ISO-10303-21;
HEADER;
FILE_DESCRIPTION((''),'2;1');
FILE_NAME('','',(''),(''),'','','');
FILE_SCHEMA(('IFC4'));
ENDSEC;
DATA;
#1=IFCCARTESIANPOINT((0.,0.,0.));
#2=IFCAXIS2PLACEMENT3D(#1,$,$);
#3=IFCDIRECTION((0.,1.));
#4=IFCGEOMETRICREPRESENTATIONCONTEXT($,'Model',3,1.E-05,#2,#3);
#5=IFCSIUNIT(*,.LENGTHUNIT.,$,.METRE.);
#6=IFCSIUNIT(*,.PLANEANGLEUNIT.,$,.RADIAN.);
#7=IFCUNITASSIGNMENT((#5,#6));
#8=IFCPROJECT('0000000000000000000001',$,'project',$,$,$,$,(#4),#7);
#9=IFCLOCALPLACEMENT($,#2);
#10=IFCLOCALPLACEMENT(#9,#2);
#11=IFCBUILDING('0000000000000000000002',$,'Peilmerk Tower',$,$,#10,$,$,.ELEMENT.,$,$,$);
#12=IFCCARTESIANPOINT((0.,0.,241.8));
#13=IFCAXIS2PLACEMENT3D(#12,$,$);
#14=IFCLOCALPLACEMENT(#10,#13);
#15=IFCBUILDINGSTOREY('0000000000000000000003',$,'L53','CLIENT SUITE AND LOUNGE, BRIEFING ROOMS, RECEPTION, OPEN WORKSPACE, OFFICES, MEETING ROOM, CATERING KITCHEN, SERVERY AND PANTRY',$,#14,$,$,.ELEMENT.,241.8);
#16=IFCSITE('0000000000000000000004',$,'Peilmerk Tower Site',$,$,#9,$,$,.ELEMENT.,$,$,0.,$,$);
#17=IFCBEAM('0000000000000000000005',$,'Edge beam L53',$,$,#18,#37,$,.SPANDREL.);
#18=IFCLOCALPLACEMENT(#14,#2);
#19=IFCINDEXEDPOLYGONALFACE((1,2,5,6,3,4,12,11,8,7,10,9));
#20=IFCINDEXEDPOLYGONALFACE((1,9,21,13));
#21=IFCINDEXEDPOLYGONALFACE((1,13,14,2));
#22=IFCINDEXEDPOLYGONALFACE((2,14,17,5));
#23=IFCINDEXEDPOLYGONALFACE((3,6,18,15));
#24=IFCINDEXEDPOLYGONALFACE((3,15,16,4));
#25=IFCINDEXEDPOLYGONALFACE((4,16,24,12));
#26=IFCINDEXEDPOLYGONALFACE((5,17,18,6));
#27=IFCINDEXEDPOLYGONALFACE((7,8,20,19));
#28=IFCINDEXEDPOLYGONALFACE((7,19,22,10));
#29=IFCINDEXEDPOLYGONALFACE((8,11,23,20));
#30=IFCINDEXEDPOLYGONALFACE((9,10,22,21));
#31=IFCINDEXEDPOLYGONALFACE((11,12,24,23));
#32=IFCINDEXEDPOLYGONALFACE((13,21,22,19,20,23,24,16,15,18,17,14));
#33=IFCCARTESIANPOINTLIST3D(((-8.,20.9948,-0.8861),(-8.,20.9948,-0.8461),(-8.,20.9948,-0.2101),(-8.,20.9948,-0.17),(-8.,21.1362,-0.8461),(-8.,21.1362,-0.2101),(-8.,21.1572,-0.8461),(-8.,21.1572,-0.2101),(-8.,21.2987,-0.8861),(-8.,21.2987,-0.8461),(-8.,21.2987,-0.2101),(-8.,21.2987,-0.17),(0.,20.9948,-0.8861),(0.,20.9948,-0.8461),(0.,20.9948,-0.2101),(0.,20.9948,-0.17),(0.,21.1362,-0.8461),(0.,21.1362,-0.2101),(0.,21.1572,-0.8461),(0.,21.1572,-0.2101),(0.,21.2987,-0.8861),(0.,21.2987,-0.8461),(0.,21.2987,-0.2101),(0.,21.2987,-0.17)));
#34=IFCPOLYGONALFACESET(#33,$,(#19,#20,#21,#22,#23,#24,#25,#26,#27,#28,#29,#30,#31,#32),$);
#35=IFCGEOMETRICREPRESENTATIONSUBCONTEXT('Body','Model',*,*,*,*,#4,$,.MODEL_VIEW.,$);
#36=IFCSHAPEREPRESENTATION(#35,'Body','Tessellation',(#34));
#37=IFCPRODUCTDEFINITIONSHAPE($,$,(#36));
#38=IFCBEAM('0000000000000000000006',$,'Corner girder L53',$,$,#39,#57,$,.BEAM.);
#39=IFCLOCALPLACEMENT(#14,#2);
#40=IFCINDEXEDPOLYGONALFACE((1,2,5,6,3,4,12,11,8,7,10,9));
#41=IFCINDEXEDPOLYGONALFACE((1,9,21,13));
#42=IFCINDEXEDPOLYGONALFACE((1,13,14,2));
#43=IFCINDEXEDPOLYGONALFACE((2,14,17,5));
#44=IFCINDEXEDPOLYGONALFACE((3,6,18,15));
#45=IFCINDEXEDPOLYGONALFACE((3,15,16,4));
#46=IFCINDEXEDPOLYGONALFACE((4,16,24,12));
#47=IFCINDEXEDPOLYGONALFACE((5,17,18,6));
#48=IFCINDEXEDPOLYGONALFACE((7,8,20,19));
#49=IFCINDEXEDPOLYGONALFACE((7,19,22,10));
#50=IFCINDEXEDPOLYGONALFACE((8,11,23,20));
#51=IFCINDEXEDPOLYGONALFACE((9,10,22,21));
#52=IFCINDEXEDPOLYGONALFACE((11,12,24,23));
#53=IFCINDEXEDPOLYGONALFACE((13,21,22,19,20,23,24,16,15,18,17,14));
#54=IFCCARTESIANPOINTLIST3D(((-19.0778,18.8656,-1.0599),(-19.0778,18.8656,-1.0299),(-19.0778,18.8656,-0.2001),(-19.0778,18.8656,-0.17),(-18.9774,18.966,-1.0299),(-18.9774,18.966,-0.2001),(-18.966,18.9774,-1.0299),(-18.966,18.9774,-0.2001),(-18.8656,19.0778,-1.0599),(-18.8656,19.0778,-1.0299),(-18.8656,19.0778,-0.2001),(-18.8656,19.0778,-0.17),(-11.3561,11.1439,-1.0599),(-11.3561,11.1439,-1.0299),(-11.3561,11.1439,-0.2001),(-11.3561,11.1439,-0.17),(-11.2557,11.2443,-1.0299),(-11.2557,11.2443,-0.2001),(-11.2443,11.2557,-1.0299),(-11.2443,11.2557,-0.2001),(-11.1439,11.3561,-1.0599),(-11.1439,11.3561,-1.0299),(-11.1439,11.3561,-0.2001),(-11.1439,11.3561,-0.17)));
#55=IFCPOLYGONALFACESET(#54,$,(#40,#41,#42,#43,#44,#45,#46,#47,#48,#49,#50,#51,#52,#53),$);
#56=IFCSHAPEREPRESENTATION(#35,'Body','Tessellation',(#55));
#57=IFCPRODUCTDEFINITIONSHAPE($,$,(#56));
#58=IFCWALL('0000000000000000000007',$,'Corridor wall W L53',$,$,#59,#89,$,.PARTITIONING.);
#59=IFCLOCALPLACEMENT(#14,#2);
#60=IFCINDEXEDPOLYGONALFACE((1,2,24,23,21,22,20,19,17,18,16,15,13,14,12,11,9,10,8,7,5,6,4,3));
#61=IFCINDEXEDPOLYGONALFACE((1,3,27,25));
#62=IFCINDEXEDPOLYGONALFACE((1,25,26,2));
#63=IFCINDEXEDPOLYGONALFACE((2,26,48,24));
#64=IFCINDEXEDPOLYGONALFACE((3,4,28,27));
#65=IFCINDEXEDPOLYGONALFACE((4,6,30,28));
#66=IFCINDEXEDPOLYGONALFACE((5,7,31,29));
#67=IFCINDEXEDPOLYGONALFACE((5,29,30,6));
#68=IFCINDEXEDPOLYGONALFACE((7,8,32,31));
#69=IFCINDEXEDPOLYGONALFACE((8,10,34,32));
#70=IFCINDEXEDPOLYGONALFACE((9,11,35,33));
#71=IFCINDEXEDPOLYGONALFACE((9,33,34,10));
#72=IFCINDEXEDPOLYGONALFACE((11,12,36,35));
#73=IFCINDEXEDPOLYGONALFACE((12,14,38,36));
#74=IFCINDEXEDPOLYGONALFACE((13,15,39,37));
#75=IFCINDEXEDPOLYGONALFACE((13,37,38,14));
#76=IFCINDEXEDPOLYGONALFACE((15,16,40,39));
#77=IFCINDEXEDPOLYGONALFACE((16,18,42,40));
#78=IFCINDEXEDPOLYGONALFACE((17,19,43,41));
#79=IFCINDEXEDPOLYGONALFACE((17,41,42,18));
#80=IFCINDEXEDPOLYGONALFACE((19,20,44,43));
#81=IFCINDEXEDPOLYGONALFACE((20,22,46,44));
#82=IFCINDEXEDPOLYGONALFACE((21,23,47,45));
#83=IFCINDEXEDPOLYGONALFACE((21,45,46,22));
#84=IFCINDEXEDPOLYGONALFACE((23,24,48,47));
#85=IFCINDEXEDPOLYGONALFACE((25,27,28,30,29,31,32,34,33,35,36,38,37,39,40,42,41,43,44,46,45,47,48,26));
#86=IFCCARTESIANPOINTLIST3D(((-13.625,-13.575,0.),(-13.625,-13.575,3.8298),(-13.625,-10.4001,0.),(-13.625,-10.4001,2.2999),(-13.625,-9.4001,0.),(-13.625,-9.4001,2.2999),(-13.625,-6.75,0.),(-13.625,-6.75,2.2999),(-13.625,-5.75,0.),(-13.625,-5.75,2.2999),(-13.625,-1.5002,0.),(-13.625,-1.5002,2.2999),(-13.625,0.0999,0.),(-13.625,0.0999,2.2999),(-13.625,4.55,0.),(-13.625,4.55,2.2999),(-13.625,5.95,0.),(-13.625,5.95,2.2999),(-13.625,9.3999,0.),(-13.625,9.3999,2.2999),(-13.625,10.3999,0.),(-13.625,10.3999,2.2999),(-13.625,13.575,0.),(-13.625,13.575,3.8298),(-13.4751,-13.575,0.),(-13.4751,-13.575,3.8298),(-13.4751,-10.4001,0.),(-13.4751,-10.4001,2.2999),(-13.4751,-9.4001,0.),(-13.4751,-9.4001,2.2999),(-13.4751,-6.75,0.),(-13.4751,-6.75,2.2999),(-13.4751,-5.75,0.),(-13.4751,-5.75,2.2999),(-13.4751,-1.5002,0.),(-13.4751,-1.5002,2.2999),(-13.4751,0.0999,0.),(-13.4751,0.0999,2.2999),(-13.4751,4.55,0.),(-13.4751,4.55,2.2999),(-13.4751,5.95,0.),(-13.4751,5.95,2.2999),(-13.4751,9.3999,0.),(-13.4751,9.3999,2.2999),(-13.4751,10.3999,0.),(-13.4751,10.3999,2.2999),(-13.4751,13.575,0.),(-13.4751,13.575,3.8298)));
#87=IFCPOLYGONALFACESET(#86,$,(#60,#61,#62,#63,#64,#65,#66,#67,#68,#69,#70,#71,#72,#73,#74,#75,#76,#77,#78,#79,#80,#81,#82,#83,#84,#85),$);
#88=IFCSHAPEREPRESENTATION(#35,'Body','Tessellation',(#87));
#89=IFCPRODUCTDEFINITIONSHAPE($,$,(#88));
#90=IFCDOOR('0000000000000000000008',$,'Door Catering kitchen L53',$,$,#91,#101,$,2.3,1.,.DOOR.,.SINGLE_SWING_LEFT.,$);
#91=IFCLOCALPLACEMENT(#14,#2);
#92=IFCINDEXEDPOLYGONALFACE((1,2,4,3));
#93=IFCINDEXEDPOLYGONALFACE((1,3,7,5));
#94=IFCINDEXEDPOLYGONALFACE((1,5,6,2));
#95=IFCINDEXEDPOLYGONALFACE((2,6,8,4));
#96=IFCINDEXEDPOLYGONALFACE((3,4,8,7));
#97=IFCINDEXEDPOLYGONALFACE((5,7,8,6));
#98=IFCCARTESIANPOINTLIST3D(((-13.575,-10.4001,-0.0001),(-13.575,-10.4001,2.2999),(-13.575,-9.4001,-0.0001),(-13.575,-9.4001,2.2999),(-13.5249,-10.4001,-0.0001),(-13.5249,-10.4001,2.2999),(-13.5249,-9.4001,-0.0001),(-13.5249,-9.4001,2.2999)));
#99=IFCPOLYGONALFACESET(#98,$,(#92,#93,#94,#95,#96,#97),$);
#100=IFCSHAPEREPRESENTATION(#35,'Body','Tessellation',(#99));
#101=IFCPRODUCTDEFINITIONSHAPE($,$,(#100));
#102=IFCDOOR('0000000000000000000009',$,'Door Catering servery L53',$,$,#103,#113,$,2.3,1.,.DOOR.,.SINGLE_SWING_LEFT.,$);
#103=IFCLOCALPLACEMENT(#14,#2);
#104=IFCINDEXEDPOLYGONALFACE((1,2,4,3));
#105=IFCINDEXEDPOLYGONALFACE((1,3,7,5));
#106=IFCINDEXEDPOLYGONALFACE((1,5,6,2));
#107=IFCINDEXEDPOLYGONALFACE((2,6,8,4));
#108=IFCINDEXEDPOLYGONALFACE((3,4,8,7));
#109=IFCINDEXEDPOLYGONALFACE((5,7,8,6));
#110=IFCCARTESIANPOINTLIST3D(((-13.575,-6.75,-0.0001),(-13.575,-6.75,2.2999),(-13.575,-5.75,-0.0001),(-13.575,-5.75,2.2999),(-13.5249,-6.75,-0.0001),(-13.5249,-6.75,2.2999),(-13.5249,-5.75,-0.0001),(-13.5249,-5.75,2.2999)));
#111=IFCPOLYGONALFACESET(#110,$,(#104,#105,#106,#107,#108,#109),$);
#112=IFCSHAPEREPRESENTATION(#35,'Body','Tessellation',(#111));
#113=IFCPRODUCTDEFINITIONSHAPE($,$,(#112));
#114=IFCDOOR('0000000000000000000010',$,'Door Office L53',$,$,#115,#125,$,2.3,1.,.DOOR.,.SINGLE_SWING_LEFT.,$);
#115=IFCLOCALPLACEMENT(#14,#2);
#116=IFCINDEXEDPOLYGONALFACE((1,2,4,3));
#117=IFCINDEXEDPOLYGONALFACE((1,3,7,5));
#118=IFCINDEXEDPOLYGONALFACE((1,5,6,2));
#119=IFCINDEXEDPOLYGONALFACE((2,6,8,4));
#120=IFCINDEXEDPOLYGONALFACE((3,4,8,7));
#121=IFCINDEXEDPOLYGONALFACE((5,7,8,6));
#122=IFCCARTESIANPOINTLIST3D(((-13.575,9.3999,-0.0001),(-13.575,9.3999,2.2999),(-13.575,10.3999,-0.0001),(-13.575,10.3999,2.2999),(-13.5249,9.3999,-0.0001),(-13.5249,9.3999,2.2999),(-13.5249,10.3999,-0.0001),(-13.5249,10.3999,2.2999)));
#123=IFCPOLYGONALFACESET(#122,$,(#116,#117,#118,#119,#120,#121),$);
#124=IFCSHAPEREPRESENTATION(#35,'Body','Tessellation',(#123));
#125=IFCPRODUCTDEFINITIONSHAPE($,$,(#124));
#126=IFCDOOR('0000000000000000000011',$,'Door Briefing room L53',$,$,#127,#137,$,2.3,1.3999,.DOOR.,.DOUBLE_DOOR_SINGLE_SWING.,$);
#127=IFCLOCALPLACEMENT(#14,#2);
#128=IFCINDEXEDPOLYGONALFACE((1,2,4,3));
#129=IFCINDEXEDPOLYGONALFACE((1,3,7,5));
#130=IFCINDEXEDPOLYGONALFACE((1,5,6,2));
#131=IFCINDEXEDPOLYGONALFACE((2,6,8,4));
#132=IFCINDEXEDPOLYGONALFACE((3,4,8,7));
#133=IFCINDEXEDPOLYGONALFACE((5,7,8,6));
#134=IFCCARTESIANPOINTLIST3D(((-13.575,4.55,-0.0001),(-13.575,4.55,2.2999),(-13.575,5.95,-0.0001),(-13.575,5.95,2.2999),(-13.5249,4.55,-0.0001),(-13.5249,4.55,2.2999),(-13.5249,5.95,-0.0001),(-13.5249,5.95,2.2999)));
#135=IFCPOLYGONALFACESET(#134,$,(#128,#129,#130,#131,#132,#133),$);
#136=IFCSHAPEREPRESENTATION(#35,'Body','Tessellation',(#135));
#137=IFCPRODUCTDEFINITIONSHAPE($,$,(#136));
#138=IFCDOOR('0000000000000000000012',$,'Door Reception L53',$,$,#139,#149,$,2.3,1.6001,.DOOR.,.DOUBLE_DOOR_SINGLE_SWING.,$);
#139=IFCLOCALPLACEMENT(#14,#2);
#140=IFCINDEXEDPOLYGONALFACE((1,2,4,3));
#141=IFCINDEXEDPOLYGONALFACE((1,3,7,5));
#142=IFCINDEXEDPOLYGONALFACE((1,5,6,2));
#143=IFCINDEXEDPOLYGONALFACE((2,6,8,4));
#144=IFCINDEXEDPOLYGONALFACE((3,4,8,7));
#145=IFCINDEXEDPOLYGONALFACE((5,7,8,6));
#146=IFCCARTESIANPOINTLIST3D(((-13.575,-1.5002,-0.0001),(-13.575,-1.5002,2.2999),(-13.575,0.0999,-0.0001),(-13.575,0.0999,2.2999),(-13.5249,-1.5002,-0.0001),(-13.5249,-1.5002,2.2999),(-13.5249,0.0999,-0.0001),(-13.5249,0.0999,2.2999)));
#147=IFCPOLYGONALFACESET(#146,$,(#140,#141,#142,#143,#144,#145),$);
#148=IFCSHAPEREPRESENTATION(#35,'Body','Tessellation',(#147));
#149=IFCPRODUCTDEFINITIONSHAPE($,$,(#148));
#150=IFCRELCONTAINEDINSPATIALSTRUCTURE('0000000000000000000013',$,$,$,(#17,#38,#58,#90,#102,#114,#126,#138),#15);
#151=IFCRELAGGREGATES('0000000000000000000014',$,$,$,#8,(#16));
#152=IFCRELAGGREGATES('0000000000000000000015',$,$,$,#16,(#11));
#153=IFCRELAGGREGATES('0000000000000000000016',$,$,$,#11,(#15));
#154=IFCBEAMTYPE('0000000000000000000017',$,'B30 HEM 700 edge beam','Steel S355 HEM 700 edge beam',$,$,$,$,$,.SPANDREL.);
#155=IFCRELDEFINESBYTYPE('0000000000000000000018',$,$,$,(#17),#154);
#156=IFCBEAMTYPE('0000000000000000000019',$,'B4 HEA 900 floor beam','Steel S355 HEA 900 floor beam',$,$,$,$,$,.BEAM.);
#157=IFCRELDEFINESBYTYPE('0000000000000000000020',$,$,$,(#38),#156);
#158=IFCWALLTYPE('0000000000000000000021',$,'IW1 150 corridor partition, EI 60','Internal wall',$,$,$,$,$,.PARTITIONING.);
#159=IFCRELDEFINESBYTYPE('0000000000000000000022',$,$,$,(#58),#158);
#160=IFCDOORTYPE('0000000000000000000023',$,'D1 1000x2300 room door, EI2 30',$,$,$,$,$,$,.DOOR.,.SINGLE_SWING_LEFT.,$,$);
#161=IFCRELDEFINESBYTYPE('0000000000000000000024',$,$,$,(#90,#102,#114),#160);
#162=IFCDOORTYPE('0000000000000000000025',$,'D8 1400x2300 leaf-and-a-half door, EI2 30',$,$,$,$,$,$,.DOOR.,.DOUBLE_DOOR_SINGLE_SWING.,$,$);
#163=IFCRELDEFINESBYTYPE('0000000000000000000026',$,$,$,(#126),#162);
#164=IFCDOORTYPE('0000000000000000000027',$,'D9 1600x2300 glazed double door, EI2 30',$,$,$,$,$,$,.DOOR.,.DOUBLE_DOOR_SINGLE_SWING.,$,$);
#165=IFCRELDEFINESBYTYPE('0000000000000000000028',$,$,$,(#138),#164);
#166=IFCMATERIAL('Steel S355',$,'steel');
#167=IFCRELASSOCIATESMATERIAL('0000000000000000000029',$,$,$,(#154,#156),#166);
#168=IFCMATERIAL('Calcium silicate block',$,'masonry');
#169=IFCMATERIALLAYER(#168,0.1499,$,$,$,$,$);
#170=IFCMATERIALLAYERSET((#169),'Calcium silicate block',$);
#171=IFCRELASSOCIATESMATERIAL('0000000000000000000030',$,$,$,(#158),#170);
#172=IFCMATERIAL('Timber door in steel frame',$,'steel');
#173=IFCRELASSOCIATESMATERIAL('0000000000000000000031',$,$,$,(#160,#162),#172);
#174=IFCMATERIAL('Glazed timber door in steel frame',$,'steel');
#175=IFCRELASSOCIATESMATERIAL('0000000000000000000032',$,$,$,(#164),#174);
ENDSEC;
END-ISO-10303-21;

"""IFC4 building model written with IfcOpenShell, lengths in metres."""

from ifc_helpers import new_model, si_unit, direction, frame, frame_2d, origin, origin_2d, place, context, subcontext, project, spatial, rectangle, i_section, extrude, material, layer, layer_set, material_profile, profile_set, type_object, element, fill, save


model = new_model("IFC4")

# Units and contexts
model_context = context("Model", 3, precision=1e-05, world=origin(), true_north=direction((0.0, 1.0)))
body_context = subcontext(model_context, "Body", "Model", "MODEL_VIEW")
ifc_project = project(units=[si_unit("LENGTHUNIT", "METRE"), si_unit("PLANEANGLEUNIT", "RADIAN")], contexts=[model_context])

# Site, building, storey
site_placement = place(None, origin())
site = spatial("IfcSite", under=ifc_project, at=site_placement, Name="Peilmerk Tower Site", CompositionType="ELEMENT", RefElevation=0.0)
building_placement = place(site_placement, origin())
building = spatial("IfcBuilding", under=site, at=building_placement, Name="Peilmerk Tower", CompositionType="ELEMENT")
storey_placement = place(building_placement, frame((0.0, 0.0, 241.8)))
storey = spatial("IfcBuildingStorey", under=building, at=storey_placement, Name="L53", Description="CLIENT SUITE AND LOUNGE, BRIEFING ROOMS, RECEPTION, OPEN WORKSPACE, OFFICES, MEETING ROOM, CATERING KITCHEN, SERVERY AND PANTRY", CompositionType="ELEMENT", Elevation=241.8)

# Beams
ifc_material_1 = material(Name="Steel S355", Category="steel")
ifc_material_profile_1 = material_profile(ifc_material_1, i_section(OverallWidth=0.304, OverallDepth=0.7161, WebThickness=0.021, FlangeThickness=0.04, at=origin_2d()), Name="HEM 700")
ifc_profile_set_1 = profile_set([ifc_material_profile_1], Name="Steel S355")
beam_type_1 = type_object("IfcBeamType", Name="B30 HEM 700 edge beam", Description="Steel S355 HEM 700 edge beam", PredefinedType="SPANDREL", material=ifc_profile_set_1)
beam_1_placement = place(storey_placement, frame((0.0, 21.1467, -0.5281), z_axis=(-1.0, 0.0, 0.0), x_axis=(0.0, -1.0, 0.0)))
element("IfcBeam", 1, at=beam_1_placement, inside=storey, type_object=beam_type_1, Name="Edge beam L53", PredefinedType="SPANDREL", context=body_context, shape_type="SweptSolid", body=[
    extrude(i_section(OverallWidth=0.304, OverallDepth=0.7161, WebThickness=0.021, FlangeThickness=0.04, at=origin_2d()), origin(), (0.0, 0.0, 1.0), 8.0),
])
ifc_material_profile_2 = material_profile(ifc_material_1, i_section(OverallWidth=0.3, OverallDepth=0.8899, WebThickness=0.0161, FlangeThickness=0.03, at=origin_2d()), Name="HEA 900")
ifc_profile_set_2 = profile_set([ifc_material_profile_2], Name="Steel S355")
beam_type_2 = type_object("IfcBeamType", Name="B4 HEA 900 floor beam", Description="Steel S355 HEA 900 floor beam", PredefinedType="BEAM", material=ifc_profile_set_2)
beam_2_placement = place(storey_placement, frame((-11.25, 11.25, -0.615), z_axis=(-0.707107, 0.707107, 0.0), x_axis=(-0.707107, -0.707107, 0.0)))
element("IfcBeam", 2, at=beam_2_placement, inside=storey, type_object=beam_type_2, Name="Corner girder L53", PredefinedType="BEAM", context=body_context, shape_type="SweptSolid", body=[
    extrude(i_section(OverallWidth=0.3, OverallDepth=0.8899, WebThickness=0.0161, FlangeThickness=0.03, at=origin_2d()), origin(), (0.0, 0.0, 1.0), 10.9202),
])

# Wall, openings, doors
ifc_material_2 = material(Name="Calcium silicate block", Category="masonry")
ifc_layer_1 = layer(ifc_material_2, 0.1499)
ifc_layer_set_1 = layer_set([ifc_layer_1], Name="Calcium silicate block")
wall_type_1 = type_object("IfcWallType", Name="IW1 150 corridor partition, EI 60", Description="Internal wall", PredefinedType="PARTITIONING", material=ifc_layer_set_1)
wall_1_placement = place(storey_placement, frame((-13.55, 13.575, 0.0), z_axis=(0.0, 0.0, 1.0), x_axis=(0.0, -1.0, 0.0)))
wall_1 = element("IfcWall", 3, at=wall_1_placement, inside=storey, type_object=wall_type_1, Name="Corridor wall W L53", PredefinedType="PARTITIONING", context=body_context, shape_type="SweptSolid", body=[
    extrude(rectangle(XDim=27.1499, YDim=0.1499, at=frame_2d((13.575, 0.0))), origin(), (0.0, 0.0, 1.0), 3.8298),
])
opening_1_placement = place(wall_1_placement, frame((22.9751, 0.0, 0.0)))
opening_1 = element("IfcOpeningElement", 4, at=opening_1_placement, cuts=wall_1, PredefinedType="OPENING", context=body_context, shape_type="SweptSolid", body=[
    extrude(rectangle(XDim=1.0, YDim=2.3, at=frame_2d((0.5, 1.1499))), frame((0.0, 0.085, 0.0), z_axis=(0.0, -1.0, 0.0), x_axis=(1.0, 0.0, 0.0)), (0.0, 0.0, 1.0), 0.1699),
])
opening_2_placement = place(wall_1_placement, frame((19.325, 0.0, 0.0)))
opening_2 = element("IfcOpeningElement", 5, at=opening_2_placement, cuts=wall_1, PredefinedType="OPENING", context=body_context, shape_type="SweptSolid", body=[
    extrude(rectangle(XDim=1.0, YDim=2.3, at=frame_2d((0.5, 1.1499))), frame((0.0, 0.085, 0.0), z_axis=(0.0, -1.0, 0.0), x_axis=(1.0, 0.0, 0.0)), (0.0, 0.0, 1.0), 0.1699),
])
opening_3_placement = place(wall_1_placement, frame((13.4751, 0.0, 0.0)))
opening_3 = element("IfcOpeningElement", 6, at=opening_3_placement, cuts=wall_1, PredefinedType="OPENING", context=body_context, shape_type="SweptSolid", body=[
    extrude(rectangle(XDim=1.6001, YDim=2.3, at=frame_2d((0.8, 1.1499))), frame((0.0, 0.085, 0.0), z_axis=(0.0, -1.0, 0.0), x_axis=(1.0, 0.0, 0.0)), (0.0, 0.0, 1.0), 0.1699),
])
opening_4_placement = place(wall_1_placement, frame((3.175, 0.0, 0.0)))
opening_4 = element("IfcOpeningElement", 7, at=opening_4_placement, cuts=wall_1, PredefinedType="OPENING", context=body_context, shape_type="SweptSolid", body=[
    extrude(rectangle(XDim=1.0, YDim=2.3, at=frame_2d((0.5, 1.1499))), frame((0.0, 0.085, 0.0), z_axis=(0.0, -1.0, 0.0), x_axis=(1.0, 0.0, 0.0)), (0.0, 0.0, 1.0), 0.1699),
])
opening_5_placement = place(wall_1_placement, frame((7.625, 0.0, 0.0)))
opening_5 = element("IfcOpeningElement", 8, at=opening_5_placement, cuts=wall_1, PredefinedType="OPENING", context=body_context, shape_type="SweptSolid", body=[
    extrude(rectangle(XDim=1.3999, YDim=2.3, at=frame_2d((0.7, 1.1499))), frame((0.0, 0.085, 0.0), z_axis=(0.0, -1.0, 0.0), x_axis=(1.0, 0.0, 0.0)), (0.0, 0.0, 1.0), 0.1699),
])
ifc_material_3 = material(Name="Timber door in steel frame", Category="steel")
door_type_1 = type_object("IfcDoorType", Name="D1 1000x2300 room door, EI2 30", OperationType="SINGLE_SWING_LEFT", PredefinedType="DOOR", material=ifc_material_3)
door_1_placement = place(opening_1_placement, frame((1.0, 0.0, 0.0), z_axis=(0.0, 0.0, 1.0), x_axis=(-1.0, 0.0, 0.0)))
door_1 = element("IfcDoor", 9, at=door_1_placement, inside=storey, type_object=door_type_1, Name="Door Catering kitchen L53", OperationType="SINGLE_SWING_LEFT", OverallHeight=2.3, OverallWidth=1.0, PredefinedType="DOOR", context=body_context, shape_type="SweptSolid", body=[
    extrude(rectangle(XDim=1.0, YDim=2.3, at=frame_2d((0.5, 1.1499))), frame((0.0, 0.0249, 0.0), z_axis=(0.0, -1.0, 0.0), x_axis=(1.0, 0.0, 0.0)), (0.0, 0.0, 1.0), 0.05),
])
fill(opening_1, door_1)
door_2_placement = place(opening_2_placement, frame((1.0, 0.0, 0.0), z_axis=(0.0, 0.0, 1.0), x_axis=(-1.0, 0.0, 0.0)))
door_2 = element("IfcDoor", 10, at=door_2_placement, inside=storey, type_object=door_type_1, Name="Door Catering servery L53", OperationType="SINGLE_SWING_LEFT", OverallHeight=2.3, OverallWidth=1.0, PredefinedType="DOOR", context=body_context, shape_type="SweptSolid", body=[
    extrude(rectangle(XDim=1.0, YDim=2.3, at=frame_2d((0.5, 1.1499))), frame((0.0, 0.0249, 0.0), z_axis=(0.0, -1.0, 0.0), x_axis=(1.0, 0.0, 0.0)), (0.0, 0.0, 1.0), 0.05),
])
fill(opening_2, door_2)
door_3_placement = place(opening_4_placement, frame((1.0, 0.0, 0.0), z_axis=(0.0, 0.0, 1.0), x_axis=(-1.0, 0.0, 0.0)))
door_3 = element("IfcDoor", 11, at=door_3_placement, inside=storey, type_object=door_type_1, Name="Door Office L53", OperationType="SINGLE_SWING_LEFT", OverallHeight=2.3, OverallWidth=1.0, PredefinedType="DOOR", context=body_context, shape_type="SweptSolid", body=[
    extrude(rectangle(XDim=1.0, YDim=2.3, at=frame_2d((0.5, 1.1499))), frame((0.0, 0.0249, 0.0), z_axis=(0.0, -1.0, 0.0), x_axis=(1.0, 0.0, 0.0)), (0.0, 0.0, 1.0), 0.05),
])
fill(opening_4, door_3)
door_type_2 = type_object("IfcDoorType", Name="D8 1400x2300 leaf-and-a-half door, EI2 30", OperationType="DOUBLE_DOOR_SINGLE_SWING", PredefinedType="DOOR", material=ifc_material_3)
door_4_placement = place(opening_5_placement, frame((1.3999, 0.0, 0.0), z_axis=(0.0, 0.0, 1.0), x_axis=(-1.0, 0.0, 0.0)))
door_4 = element("IfcDoor", 12, at=door_4_placement, inside=storey, type_object=door_type_2, Name="Door Briefing room L53", OperationType="DOUBLE_DOOR_SINGLE_SWING", OverallHeight=2.3, OverallWidth=1.3999, PredefinedType="DOOR", context=body_context, shape_type="SweptSolid", body=[
    extrude(rectangle(XDim=1.3999, YDim=2.3, at=frame_2d((0.7, 1.1499))), frame((0.0, 0.0249, 0.0), z_axis=(0.0, -1.0, 0.0), x_axis=(1.0, 0.0, 0.0)), (0.0, 0.0, 1.0), 0.05),
])
fill(opening_5, door_4)
ifc_material_4 = material(Name="Glazed timber door in steel frame", Category="steel")
door_type_3 = type_object("IfcDoorType", Name="D9 1600x2300 glazed double door, EI2 30", OperationType="DOUBLE_DOOR_SINGLE_SWING", PredefinedType="DOOR", material=ifc_material_4)
door_5_placement = place(opening_3_placement, frame((1.6001, 0.0, 0.0), z_axis=(0.0, 0.0, 1.0), x_axis=(-1.0, 0.0, 0.0)))
door_5 = element("IfcDoor", 13, at=door_5_placement, inside=storey, type_object=door_type_3, Name="Door Reception L53", OperationType="DOUBLE_DOOR_SINGLE_SWING", OverallHeight=2.3, OverallWidth=1.6001, PredefinedType="DOOR", context=body_context, shape_type="SweptSolid", body=[
    extrude(rectangle(XDim=1.6001, YDim=2.3, at=frame_2d((0.8, 1.1499))), frame((0.0, 0.0249, 0.0), z_axis=(0.0, -1.0, 0.0), x_axis=(1.0, 0.0, 0.0)), (0.0, 0.0, 1.0), 0.05),
])
fill(opening_3, door_5)

save(model, "model.ifc")
